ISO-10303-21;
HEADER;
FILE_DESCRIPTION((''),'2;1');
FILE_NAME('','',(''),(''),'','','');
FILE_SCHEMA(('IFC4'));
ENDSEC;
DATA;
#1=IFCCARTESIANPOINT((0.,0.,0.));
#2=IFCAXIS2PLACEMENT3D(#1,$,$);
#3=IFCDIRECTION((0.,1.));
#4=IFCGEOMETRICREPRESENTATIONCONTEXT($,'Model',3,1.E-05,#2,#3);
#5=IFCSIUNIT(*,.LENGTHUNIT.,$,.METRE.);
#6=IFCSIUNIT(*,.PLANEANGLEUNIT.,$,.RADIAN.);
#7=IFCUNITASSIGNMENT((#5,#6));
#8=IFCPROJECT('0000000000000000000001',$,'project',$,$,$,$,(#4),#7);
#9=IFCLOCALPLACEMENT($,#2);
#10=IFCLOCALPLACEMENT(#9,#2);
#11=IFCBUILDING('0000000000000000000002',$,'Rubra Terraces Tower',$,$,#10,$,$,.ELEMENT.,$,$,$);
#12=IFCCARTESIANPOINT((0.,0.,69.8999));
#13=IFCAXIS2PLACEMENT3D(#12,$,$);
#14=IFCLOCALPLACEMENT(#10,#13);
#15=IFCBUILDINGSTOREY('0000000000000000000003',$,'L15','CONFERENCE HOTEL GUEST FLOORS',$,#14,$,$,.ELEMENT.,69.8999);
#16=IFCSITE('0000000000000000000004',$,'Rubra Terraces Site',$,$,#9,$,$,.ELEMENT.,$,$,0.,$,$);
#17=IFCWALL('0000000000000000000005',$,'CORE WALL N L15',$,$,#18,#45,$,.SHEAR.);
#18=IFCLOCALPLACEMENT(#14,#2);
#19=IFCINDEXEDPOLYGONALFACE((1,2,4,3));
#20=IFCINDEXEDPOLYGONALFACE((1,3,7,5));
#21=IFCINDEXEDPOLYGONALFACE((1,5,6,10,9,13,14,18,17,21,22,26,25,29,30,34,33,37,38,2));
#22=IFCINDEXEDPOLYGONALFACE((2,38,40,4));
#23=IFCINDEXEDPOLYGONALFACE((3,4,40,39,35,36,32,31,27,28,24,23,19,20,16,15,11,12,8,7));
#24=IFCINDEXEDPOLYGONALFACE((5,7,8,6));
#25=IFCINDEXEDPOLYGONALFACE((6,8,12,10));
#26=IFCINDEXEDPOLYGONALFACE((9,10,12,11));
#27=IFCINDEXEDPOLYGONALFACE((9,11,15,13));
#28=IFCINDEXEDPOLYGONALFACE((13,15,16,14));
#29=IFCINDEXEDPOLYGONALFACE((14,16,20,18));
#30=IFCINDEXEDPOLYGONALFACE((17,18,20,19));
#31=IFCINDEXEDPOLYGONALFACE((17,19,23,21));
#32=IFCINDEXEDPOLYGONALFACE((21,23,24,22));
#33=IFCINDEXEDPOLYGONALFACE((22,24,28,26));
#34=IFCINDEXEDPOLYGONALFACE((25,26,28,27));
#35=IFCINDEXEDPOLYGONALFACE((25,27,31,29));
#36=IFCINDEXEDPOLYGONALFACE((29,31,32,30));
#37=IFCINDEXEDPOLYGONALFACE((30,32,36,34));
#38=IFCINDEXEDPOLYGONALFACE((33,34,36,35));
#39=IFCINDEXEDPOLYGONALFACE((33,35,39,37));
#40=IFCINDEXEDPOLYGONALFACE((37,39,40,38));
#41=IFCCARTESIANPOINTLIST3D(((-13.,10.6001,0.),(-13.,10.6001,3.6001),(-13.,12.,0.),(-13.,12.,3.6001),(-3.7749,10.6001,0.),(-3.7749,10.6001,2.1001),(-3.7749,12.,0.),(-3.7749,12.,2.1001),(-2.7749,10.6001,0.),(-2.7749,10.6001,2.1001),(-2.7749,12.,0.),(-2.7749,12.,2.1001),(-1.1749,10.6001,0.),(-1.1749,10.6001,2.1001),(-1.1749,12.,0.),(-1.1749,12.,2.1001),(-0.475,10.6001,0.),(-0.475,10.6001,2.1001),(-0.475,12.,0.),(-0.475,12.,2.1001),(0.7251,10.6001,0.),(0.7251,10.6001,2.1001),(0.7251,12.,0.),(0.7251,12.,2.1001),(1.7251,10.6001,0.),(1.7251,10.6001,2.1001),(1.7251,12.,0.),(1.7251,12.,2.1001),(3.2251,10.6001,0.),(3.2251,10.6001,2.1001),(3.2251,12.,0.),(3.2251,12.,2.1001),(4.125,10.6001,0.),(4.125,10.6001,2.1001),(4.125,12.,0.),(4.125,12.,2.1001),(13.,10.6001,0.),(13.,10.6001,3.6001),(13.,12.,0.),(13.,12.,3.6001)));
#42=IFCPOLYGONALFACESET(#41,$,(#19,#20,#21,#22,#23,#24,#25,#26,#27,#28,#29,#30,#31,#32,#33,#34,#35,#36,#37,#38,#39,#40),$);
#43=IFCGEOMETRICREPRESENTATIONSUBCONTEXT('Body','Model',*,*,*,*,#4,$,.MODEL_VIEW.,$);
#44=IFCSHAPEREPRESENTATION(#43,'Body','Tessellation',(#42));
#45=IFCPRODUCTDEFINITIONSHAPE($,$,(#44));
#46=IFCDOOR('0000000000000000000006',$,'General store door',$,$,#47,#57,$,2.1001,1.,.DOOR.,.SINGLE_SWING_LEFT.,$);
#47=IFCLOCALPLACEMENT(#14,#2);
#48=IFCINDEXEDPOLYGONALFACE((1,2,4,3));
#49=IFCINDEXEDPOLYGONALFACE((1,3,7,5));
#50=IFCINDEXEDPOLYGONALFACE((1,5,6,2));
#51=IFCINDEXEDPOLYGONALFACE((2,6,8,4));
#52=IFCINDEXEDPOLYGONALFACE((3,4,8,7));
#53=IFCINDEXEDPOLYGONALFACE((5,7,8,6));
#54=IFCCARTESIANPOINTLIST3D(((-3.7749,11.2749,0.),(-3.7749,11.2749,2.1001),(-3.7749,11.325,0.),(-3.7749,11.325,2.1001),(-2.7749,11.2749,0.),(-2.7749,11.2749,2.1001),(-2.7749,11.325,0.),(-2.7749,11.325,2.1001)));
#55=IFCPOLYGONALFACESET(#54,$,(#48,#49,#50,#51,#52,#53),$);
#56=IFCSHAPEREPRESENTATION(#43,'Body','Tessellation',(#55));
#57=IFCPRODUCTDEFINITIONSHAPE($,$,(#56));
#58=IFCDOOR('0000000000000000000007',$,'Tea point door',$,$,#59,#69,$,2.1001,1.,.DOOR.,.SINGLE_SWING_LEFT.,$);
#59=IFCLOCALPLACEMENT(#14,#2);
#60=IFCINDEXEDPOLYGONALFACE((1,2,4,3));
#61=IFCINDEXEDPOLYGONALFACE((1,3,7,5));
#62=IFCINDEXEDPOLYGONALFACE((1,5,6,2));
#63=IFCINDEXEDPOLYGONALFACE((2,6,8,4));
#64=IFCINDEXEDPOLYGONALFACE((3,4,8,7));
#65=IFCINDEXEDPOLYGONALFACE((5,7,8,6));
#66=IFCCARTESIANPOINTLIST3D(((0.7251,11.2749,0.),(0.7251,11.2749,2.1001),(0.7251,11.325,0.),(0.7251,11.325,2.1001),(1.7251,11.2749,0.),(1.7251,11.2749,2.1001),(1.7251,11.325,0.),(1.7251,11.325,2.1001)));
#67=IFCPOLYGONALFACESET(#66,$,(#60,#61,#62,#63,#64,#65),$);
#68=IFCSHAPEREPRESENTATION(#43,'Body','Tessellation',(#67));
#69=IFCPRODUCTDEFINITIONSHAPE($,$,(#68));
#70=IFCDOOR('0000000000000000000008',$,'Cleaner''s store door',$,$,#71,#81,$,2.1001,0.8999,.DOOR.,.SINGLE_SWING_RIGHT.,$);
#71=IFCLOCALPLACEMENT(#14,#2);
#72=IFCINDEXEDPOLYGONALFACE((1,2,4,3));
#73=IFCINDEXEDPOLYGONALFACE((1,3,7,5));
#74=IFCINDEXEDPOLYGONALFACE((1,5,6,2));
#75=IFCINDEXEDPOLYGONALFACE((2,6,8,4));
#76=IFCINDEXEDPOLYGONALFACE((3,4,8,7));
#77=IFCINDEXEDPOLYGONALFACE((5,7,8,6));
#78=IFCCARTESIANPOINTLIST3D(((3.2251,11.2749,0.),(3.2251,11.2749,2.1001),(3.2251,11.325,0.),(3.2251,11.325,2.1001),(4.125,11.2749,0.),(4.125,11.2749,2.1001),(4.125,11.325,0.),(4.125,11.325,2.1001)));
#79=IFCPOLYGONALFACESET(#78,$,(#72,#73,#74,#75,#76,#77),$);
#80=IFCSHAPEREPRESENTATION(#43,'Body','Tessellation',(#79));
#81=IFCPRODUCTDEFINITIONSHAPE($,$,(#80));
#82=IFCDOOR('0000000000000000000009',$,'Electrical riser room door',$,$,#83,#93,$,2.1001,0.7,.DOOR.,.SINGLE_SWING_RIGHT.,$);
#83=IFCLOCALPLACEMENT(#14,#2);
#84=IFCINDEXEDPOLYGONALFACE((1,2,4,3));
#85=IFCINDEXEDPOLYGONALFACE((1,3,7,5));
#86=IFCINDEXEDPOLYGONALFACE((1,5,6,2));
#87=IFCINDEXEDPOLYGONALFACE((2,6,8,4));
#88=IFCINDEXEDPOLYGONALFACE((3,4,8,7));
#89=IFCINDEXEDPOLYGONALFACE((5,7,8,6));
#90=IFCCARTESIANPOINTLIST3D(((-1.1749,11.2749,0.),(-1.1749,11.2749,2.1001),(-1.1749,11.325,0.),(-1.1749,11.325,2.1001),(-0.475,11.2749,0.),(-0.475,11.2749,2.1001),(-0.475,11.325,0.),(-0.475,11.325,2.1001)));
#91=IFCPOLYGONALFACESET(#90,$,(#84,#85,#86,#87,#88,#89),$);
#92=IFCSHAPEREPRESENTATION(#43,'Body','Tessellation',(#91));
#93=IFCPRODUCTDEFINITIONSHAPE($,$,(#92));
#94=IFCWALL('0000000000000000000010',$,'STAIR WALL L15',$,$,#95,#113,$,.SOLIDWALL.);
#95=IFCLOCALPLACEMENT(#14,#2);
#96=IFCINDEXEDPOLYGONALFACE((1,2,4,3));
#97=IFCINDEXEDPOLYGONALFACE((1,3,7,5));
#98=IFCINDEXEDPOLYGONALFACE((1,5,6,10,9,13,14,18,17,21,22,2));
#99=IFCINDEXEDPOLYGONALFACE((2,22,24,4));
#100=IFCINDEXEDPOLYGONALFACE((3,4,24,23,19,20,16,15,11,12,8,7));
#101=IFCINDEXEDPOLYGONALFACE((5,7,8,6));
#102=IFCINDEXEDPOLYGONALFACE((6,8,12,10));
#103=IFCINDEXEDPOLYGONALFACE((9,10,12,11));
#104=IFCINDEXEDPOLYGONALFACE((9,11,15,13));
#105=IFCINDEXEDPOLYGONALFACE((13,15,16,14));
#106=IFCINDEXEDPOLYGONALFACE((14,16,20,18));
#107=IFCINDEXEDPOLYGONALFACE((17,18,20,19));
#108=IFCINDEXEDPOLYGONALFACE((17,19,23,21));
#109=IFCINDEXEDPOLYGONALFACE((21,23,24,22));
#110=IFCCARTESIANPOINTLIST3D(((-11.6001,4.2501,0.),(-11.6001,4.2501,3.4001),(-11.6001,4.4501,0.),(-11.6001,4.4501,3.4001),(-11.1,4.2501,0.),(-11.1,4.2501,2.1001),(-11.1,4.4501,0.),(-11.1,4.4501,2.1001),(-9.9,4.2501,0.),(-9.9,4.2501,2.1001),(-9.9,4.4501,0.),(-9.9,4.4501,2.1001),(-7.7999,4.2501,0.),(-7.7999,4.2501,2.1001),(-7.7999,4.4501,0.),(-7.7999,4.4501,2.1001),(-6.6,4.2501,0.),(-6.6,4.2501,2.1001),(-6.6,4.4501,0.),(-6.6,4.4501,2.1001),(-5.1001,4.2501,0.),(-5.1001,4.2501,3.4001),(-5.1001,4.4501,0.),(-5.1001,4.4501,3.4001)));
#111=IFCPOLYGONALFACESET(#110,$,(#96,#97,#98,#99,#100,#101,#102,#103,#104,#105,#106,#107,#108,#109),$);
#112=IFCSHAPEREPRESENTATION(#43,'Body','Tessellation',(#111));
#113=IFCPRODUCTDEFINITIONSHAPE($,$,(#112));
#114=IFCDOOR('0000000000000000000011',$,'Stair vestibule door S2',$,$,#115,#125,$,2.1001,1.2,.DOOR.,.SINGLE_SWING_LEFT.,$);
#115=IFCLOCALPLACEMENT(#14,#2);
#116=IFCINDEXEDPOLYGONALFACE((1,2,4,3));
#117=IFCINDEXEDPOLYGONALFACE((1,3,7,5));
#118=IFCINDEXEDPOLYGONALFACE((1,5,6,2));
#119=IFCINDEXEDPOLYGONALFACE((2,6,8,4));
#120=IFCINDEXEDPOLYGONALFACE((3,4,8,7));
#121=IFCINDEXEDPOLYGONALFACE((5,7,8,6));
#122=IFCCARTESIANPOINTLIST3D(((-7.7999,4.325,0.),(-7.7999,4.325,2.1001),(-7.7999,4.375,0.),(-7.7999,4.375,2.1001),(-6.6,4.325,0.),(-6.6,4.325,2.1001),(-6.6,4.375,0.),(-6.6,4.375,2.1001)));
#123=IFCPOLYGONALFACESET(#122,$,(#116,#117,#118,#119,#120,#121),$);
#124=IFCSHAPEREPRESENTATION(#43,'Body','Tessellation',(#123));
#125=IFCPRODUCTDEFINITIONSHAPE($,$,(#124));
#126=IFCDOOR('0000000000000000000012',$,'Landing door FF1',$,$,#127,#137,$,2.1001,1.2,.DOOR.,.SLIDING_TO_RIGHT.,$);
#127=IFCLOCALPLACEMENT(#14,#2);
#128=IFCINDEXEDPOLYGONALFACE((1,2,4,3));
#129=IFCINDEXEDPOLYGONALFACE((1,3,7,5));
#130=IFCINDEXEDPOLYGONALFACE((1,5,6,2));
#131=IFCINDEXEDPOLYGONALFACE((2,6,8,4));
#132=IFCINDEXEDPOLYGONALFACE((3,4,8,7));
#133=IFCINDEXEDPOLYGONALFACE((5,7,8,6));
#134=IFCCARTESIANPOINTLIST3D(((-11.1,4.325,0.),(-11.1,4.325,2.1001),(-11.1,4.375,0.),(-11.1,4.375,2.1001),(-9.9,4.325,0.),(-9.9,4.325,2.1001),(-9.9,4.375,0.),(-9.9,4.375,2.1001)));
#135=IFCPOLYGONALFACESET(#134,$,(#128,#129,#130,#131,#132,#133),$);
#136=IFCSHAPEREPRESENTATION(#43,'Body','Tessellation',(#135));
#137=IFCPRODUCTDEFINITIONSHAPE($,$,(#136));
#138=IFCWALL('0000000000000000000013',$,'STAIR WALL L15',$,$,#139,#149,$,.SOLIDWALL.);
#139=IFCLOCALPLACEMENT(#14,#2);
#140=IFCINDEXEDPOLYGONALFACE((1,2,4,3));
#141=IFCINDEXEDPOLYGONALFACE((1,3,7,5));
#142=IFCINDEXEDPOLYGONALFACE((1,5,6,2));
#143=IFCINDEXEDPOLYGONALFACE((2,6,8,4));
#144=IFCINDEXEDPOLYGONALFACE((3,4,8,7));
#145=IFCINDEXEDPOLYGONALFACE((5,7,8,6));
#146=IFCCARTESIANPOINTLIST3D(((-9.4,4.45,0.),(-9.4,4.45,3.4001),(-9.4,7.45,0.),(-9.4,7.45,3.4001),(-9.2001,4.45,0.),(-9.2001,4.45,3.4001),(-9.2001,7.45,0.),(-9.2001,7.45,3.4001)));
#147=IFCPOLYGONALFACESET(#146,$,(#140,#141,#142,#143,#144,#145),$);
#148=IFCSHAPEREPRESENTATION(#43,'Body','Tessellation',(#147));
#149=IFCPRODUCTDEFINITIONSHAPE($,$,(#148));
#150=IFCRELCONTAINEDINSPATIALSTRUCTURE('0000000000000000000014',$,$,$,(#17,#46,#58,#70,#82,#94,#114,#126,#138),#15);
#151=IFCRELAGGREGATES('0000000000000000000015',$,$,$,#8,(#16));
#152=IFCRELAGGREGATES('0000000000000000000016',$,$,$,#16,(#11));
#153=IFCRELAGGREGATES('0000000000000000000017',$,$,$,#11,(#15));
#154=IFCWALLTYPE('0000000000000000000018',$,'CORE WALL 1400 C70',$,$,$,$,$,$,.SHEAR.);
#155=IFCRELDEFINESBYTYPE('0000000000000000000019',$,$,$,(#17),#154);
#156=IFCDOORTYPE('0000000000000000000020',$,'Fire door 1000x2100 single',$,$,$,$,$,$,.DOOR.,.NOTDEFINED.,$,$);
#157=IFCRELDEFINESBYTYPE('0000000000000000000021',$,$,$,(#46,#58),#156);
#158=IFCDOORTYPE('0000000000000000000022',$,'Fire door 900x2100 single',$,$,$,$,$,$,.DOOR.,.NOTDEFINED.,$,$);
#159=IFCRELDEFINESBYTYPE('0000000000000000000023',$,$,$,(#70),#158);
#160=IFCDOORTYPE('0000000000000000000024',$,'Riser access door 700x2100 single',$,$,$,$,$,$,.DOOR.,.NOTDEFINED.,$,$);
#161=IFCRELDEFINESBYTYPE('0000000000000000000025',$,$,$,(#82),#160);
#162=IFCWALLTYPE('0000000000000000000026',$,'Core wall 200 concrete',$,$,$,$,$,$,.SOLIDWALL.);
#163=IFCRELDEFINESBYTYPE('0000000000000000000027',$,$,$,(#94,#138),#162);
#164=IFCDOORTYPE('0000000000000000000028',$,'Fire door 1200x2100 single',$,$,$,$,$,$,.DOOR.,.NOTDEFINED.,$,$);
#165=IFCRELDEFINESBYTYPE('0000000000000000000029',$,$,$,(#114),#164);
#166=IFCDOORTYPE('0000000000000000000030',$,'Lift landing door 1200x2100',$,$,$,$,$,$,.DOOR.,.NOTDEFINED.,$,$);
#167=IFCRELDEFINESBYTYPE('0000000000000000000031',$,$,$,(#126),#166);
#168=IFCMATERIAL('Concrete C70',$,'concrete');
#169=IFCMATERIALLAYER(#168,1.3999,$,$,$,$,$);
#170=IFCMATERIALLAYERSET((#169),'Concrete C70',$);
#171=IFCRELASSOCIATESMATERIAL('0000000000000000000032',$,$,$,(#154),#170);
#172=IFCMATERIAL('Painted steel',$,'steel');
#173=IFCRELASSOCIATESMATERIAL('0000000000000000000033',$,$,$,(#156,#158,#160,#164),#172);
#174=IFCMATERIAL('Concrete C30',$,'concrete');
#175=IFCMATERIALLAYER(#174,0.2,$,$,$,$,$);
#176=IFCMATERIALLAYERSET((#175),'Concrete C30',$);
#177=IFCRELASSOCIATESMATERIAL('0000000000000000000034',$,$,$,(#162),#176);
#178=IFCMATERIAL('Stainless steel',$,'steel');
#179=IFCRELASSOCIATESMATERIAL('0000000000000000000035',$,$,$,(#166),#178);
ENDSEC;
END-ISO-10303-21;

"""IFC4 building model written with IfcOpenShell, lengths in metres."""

from ifc_helpers import new_model, si_unit, direction, frame, frame_2d, origin, place, context, subcontext, project, spatial, rectangle, extrude, material, layer, layer_set, type_object, element, fill, save


model = new_model("IFC4")

# Units and contexts
model_context = context("Model", 3, precision=1e-05, world=origin(), true_north=direction((0.0, 1.0)))
body_context = subcontext(model_context, "Body", "Model", "MODEL_VIEW")
ifc_project = project(units=[si_unit("LENGTHUNIT", "METRE"), si_unit("PLANEANGLEUNIT", "RADIAN")], contexts=[model_context])

# Site, building, storey
site_placement = place(None, origin())
site = spatial("IfcSite", under=ifc_project, at=site_placement, Name="Rubra Terraces Site", CompositionType="ELEMENT", RefElevation=0.0)
building_placement = place(site_placement, origin())
building = spatial("IfcBuilding", under=site, at=building_placement, Name="Rubra Terraces Tower", CompositionType="ELEMENT")
storey_placement = place(building_placement, frame((0.0, 0.0, 69.8999)))
storey = spatial("IfcBuildingStorey", under=building, at=storey_placement, Name="L15", Description="CONFERENCE HOTEL GUEST FLOORS", CompositionType="ELEMENT", Elevation=69.8999)

# Walls, openings, doors
ifc_material_1 = material(Name="Concrete C70", Category="concrete")
ifc_layer_1 = layer(ifc_material_1, 1.3999)
ifc_layer_set_1 = layer_set([ifc_layer_1], Name="Concrete C70")
wall_type_1 = type_object("IfcWallType", Name="CORE WALL 1400 C70", PredefinedType="SHEAR", material=ifc_layer_set_1)
wall_1_placement = place(storey_placement, frame((-13.0, 11.3, 0.0), z_axis=(0.0, 0.0, 1.0), x_axis=(1.0, 0.0, 0.0)))
wall_1 = element("IfcWall", 1, at=wall_1_placement, inside=storey, type_object=wall_type_1, Name="CORE WALL N L15", PredefinedType="SHEAR", context=body_context, shape_type="SweptSolid", body=[
    extrude(rectangle(XDim=26.0, YDim=1.3999, at=frame_2d((13.0, 0.0))), origin(), (0.0, 0.0, 1.0), 3.6001),
])
opening_1_placement = place(wall_1_placement, frame((9.2251, 0.0, 0.0)))
opening_1 = element("IfcOpeningElement", 2, at=opening_1_placement, cuts=wall_1, PredefinedType="OPENING", context=body_context, shape_type="SweptSolid", body=[
    extrude(rectangle(XDim=1.0, YDim=2.1001, at=frame_2d((0.5, 1.05))), frame((0.0, 0.71, 0.0), z_axis=(0.0, -1.0, 0.0), x_axis=(1.0, 0.0, 0.0)), (0.0, 0.0, 1.0), 1.4199),
])
opening_2_placement = place(wall_1_placement, frame((11.825, 0.0, 0.0)))
opening_2 = element("IfcOpeningElement", 3, at=opening_2_placement, cuts=wall_1, PredefinedType="OPENING", context=body_context, shape_type="SweptSolid", body=[
    extrude(rectangle(XDim=0.7, YDim=2.1001, at=frame_2d((0.3501, 1.05))), frame((0.0, 0.71, 0.0), z_axis=(0.0, -1.0, 0.0), x_axis=(1.0, 0.0, 0.0)), (0.0, 0.0, 1.0), 1.4199),
])
opening_3_placement = place(wall_1_placement, frame((13.7251, 0.0, 0.0)))
opening_3 = element("IfcOpeningElement", 4, at=opening_3_placement, cuts=wall_1, PredefinedType="OPENING", context=body_context, shape_type="SweptSolid", body=[
    extrude(rectangle(XDim=1.0, YDim=2.1001, at=frame_2d((0.5, 1.05))), frame((0.0, 0.71, 0.0), z_axis=(0.0, -1.0, 0.0), x_axis=(1.0, 0.0, 0.0)), (0.0, 0.0, 1.0), 1.4199),
])
opening_4_placement = place(wall_1_placement, frame((16.2251, 0.0, 0.0)))
opening_4 = element("IfcOpeningElement", 5, at=opening_4_placement, cuts=wall_1, PredefinedType="OPENING", context=body_context, shape_type="SweptSolid", body=[
    extrude(rectangle(XDim=0.8999, YDim=2.1001, at=frame_2d((0.45, 1.05))), frame((0.0, 0.71, 0.0), z_axis=(0.0, -1.0, 0.0), x_axis=(1.0, 0.0, 0.0)), (0.0, 0.0, 1.0), 1.4199),
])
ifc_material_2 = material(Name="Painted steel", Category="steel")
door_type_1 = type_object("IfcDoorType", Name="Fire door 1000x2100 single", OperationType="NOTDEFINED", PredefinedType="DOOR", material=ifc_material_2)
door_1_placement = place(opening_1_placement, origin())
door_1 = element("IfcDoor", 6, at=door_1_placement, inside=storey, type_object=door_type_1, Name="General store door", OperationType="SINGLE_SWING_LEFT", OverallHeight=2.1001, OverallWidth=1.0, PredefinedType="DOOR", context=body_context, shape_type="SweptSolid", body=[
    extrude(rectangle(XDim=1.0, YDim=2.1001, at=frame_2d((0.5, 1.05))), frame((0.0, 0.0249, 0.0), z_axis=(0.0, -1.0, 0.0), x_axis=(1.0, 0.0, 0.0)), (0.0, 0.0, 1.0), 0.05),
])
fill(opening_1, door_1)
door_2_placement = place(opening_3_placement, origin())
door_2 = element("IfcDoor", 7, at=door_2_placement, inside=storey, type_object=door_type_1, Name="Tea point door", OperationType="SINGLE_SWING_LEFT", OverallHeight=2.1001, OverallWidth=1.0, PredefinedType="DOOR", context=body_context, shape_type="SweptSolid", body=[
    extrude(rectangle(XDim=1.0, YDim=2.1001, at=frame_2d((0.5, 1.05))), frame((0.0, 0.0249, 0.0), z_axis=(0.0, -1.0, 0.0), x_axis=(1.0, 0.0, 0.0)), (0.0, 0.0, 1.0), 0.05),
])
fill(opening_3, door_2)
door_type_2 = type_object("IfcDoorType", Name="Fire door 900x2100 single", OperationType="NOTDEFINED", PredefinedType="DOOR", material=ifc_material_2)
door_3_placement = place(opening_4_placement, origin())
door_3 = element("IfcDoor", 8, at=door_3_placement, inside=storey, type_object=door_type_2, Name="Cleaner's store door", OperationType="SINGLE_SWING_RIGHT", OverallHeight=2.1001, OverallWidth=0.8999, PredefinedType="DOOR", context=body_context, shape_type="SweptSolid", body=[
    extrude(rectangle(XDim=0.8999, YDim=2.1001, at=frame_2d((0.45, 1.05))), frame((0.0, 0.0249, 0.0), z_axis=(0.0, -1.0, 0.0), x_axis=(1.0, 0.0, 0.0)), (0.0, 0.0, 1.0), 0.05),
])
fill(opening_4, door_3)
door_type_3 = type_object("IfcDoorType", Name="Riser access door 700x2100 single", OperationType="NOTDEFINED", PredefinedType="DOOR", material=ifc_material_2)
door_4_placement = place(opening_2_placement, origin())
door_4 = element("IfcDoor", 9, at=door_4_placement, inside=storey, type_object=door_type_3, Name="Electrical riser room door", OperationType="SINGLE_SWING_RIGHT", OverallHeight=2.1001, OverallWidth=0.7, PredefinedType="DOOR", context=body_context, shape_type="SweptSolid", body=[
    extrude(rectangle(XDim=0.7, YDim=2.1001, at=frame_2d((0.3501, 1.05))), frame((0.0, 0.0249, 0.0), z_axis=(0.0, -1.0, 0.0), x_axis=(1.0, 0.0, 0.0)), (0.0, 0.0, 1.0), 0.05),
])
fill(opening_2, door_4)
ifc_material_3 = material(Name="Concrete C30", Category="concrete")
ifc_layer_2 = layer(ifc_material_3, 0.2)
ifc_layer_set_2 = layer_set([ifc_layer_2], Name="Concrete C30")
wall_type_2 = type_object("IfcWallType", Name="Core wall 200 concrete", PredefinedType="SOLIDWALL", material=ifc_layer_set_2)
wall_2_placement = place(storey_placement, frame((-11.6001, 4.3501, 0.0), z_axis=(0.0, 0.0, 1.0), x_axis=(1.0, 0.0, 0.0)))
wall_2 = element("IfcWall", 10, at=wall_2_placement, inside=storey, type_object=wall_type_2, Name="STAIR WALL L15", PredefinedType="SOLIDWALL", context=body_context, shape_type="SweptSolid", body=[
    extrude(rectangle(XDim=6.5, YDim=0.2, at=frame_2d((3.25, 0.0))), origin(), (0.0, 0.0, 1.0), 3.4001),
])
opening_5_placement = place(wall_2_placement, frame((3.8, 0.0, 0.0)))
opening_5 = element("IfcOpeningElement", 11, at=opening_5_placement, cuts=wall_2, PredefinedType="OPENING", context=body_context, shape_type="SweptSolid", body=[
    extrude(rectangle(XDim=1.2, YDim=2.1001, at=frame_2d((0.6001, 1.05))), frame((0.0, 0.1099, 0.0), z_axis=(0.0, -1.0, 0.0), x_axis=(1.0, 0.0, 0.0)), (0.0, 0.0, 1.0), 0.22),
])
opening_6_placement = place(wall_2_placement, frame((0.5, 0.0, 0.0)))
opening_6 = element("IfcOpeningElement", 12, at=opening_6_placement, cuts=wall_2, PredefinedType="OPENING", context=body_context, shape_type="SweptSolid", body=[
    extrude(rectangle(XDim=1.2, YDim=2.1001, at=frame_2d((0.6001, 1.05))), frame((0.0, 0.1099, 0.0), z_axis=(0.0, -1.0, 0.0), x_axis=(1.0, 0.0, 0.0)), (0.0, 0.0, 1.0), 0.22),
])
door_type_4 = type_object("IfcDoorType", Name="Fire door 1200x2100 single", OperationType="NOTDEFINED", PredefinedType="DOOR", material=ifc_material_2)
door_5_placement = place(opening_5_placement, origin())
door_5 = element("IfcDoor", 13, at=door_5_placement, inside=storey, type_object=door_type_4, Name="Stair vestibule door S2", OperationType="SINGLE_SWING_LEFT", OverallHeight=2.1001, OverallWidth=1.2, PredefinedType="DOOR", context=body_context, shape_type="SweptSolid", body=[
    extrude(rectangle(XDim=1.2, YDim=2.1001, at=frame_2d((0.6001, 1.05))), frame((0.0, 0.0249, 0.0), z_axis=(0.0, -1.0, 0.0), x_axis=(1.0, 0.0, 0.0)), (0.0, 0.0, 1.0), 0.05),
])
fill(opening_5, door_5)
ifc_material_4 = material(Name="Stainless steel", Category="steel")
door_type_5 = type_object("IfcDoorType", Name="Lift landing door 1200x2100", OperationType="NOTDEFINED", PredefinedType="DOOR", material=ifc_material_4)
door_6_placement = place(opening_6_placement, origin())
door_6 = element("IfcDoor", 14, at=door_6_placement, inside=storey, type_object=door_type_5, Name="Landing door FF1", OperationType="SLIDING_TO_RIGHT", OverallHeight=2.1001, OverallWidth=1.2, PredefinedType="DOOR", context=body_context, shape_type="SweptSolid", body=[
    extrude(rectangle(XDim=1.2, YDim=2.1001, at=frame_2d((0.6001, 1.05))), frame((0.0, 0.0249, 0.0), z_axis=(0.0, -1.0, 0.0), x_axis=(1.0, 0.0, 0.0)), (0.0, 0.0, 1.0), 0.05),
])
fill(opening_6, door_6)

# Wall
wall_3_placement = place(storey_placement, frame((-9.3, 4.45, 0.0), z_axis=(0.0, 0.0, 1.0), x_axis=(0.0, 1.0, 0.0)))
element("IfcWall", 15, at=wall_3_placement, inside=storey, type_object=wall_type_2, Name="STAIR WALL L15", PredefinedType="SOLIDWALL", context=body_context, shape_type="SweptSolid", body=[
    extrude(rectangle(XDim=3.0, YDim=0.2, at=frame_2d((1.5, 0.0))), origin(), (0.0, 0.0, 1.0), 3.4001),
])

save(model, "model.ifc")
